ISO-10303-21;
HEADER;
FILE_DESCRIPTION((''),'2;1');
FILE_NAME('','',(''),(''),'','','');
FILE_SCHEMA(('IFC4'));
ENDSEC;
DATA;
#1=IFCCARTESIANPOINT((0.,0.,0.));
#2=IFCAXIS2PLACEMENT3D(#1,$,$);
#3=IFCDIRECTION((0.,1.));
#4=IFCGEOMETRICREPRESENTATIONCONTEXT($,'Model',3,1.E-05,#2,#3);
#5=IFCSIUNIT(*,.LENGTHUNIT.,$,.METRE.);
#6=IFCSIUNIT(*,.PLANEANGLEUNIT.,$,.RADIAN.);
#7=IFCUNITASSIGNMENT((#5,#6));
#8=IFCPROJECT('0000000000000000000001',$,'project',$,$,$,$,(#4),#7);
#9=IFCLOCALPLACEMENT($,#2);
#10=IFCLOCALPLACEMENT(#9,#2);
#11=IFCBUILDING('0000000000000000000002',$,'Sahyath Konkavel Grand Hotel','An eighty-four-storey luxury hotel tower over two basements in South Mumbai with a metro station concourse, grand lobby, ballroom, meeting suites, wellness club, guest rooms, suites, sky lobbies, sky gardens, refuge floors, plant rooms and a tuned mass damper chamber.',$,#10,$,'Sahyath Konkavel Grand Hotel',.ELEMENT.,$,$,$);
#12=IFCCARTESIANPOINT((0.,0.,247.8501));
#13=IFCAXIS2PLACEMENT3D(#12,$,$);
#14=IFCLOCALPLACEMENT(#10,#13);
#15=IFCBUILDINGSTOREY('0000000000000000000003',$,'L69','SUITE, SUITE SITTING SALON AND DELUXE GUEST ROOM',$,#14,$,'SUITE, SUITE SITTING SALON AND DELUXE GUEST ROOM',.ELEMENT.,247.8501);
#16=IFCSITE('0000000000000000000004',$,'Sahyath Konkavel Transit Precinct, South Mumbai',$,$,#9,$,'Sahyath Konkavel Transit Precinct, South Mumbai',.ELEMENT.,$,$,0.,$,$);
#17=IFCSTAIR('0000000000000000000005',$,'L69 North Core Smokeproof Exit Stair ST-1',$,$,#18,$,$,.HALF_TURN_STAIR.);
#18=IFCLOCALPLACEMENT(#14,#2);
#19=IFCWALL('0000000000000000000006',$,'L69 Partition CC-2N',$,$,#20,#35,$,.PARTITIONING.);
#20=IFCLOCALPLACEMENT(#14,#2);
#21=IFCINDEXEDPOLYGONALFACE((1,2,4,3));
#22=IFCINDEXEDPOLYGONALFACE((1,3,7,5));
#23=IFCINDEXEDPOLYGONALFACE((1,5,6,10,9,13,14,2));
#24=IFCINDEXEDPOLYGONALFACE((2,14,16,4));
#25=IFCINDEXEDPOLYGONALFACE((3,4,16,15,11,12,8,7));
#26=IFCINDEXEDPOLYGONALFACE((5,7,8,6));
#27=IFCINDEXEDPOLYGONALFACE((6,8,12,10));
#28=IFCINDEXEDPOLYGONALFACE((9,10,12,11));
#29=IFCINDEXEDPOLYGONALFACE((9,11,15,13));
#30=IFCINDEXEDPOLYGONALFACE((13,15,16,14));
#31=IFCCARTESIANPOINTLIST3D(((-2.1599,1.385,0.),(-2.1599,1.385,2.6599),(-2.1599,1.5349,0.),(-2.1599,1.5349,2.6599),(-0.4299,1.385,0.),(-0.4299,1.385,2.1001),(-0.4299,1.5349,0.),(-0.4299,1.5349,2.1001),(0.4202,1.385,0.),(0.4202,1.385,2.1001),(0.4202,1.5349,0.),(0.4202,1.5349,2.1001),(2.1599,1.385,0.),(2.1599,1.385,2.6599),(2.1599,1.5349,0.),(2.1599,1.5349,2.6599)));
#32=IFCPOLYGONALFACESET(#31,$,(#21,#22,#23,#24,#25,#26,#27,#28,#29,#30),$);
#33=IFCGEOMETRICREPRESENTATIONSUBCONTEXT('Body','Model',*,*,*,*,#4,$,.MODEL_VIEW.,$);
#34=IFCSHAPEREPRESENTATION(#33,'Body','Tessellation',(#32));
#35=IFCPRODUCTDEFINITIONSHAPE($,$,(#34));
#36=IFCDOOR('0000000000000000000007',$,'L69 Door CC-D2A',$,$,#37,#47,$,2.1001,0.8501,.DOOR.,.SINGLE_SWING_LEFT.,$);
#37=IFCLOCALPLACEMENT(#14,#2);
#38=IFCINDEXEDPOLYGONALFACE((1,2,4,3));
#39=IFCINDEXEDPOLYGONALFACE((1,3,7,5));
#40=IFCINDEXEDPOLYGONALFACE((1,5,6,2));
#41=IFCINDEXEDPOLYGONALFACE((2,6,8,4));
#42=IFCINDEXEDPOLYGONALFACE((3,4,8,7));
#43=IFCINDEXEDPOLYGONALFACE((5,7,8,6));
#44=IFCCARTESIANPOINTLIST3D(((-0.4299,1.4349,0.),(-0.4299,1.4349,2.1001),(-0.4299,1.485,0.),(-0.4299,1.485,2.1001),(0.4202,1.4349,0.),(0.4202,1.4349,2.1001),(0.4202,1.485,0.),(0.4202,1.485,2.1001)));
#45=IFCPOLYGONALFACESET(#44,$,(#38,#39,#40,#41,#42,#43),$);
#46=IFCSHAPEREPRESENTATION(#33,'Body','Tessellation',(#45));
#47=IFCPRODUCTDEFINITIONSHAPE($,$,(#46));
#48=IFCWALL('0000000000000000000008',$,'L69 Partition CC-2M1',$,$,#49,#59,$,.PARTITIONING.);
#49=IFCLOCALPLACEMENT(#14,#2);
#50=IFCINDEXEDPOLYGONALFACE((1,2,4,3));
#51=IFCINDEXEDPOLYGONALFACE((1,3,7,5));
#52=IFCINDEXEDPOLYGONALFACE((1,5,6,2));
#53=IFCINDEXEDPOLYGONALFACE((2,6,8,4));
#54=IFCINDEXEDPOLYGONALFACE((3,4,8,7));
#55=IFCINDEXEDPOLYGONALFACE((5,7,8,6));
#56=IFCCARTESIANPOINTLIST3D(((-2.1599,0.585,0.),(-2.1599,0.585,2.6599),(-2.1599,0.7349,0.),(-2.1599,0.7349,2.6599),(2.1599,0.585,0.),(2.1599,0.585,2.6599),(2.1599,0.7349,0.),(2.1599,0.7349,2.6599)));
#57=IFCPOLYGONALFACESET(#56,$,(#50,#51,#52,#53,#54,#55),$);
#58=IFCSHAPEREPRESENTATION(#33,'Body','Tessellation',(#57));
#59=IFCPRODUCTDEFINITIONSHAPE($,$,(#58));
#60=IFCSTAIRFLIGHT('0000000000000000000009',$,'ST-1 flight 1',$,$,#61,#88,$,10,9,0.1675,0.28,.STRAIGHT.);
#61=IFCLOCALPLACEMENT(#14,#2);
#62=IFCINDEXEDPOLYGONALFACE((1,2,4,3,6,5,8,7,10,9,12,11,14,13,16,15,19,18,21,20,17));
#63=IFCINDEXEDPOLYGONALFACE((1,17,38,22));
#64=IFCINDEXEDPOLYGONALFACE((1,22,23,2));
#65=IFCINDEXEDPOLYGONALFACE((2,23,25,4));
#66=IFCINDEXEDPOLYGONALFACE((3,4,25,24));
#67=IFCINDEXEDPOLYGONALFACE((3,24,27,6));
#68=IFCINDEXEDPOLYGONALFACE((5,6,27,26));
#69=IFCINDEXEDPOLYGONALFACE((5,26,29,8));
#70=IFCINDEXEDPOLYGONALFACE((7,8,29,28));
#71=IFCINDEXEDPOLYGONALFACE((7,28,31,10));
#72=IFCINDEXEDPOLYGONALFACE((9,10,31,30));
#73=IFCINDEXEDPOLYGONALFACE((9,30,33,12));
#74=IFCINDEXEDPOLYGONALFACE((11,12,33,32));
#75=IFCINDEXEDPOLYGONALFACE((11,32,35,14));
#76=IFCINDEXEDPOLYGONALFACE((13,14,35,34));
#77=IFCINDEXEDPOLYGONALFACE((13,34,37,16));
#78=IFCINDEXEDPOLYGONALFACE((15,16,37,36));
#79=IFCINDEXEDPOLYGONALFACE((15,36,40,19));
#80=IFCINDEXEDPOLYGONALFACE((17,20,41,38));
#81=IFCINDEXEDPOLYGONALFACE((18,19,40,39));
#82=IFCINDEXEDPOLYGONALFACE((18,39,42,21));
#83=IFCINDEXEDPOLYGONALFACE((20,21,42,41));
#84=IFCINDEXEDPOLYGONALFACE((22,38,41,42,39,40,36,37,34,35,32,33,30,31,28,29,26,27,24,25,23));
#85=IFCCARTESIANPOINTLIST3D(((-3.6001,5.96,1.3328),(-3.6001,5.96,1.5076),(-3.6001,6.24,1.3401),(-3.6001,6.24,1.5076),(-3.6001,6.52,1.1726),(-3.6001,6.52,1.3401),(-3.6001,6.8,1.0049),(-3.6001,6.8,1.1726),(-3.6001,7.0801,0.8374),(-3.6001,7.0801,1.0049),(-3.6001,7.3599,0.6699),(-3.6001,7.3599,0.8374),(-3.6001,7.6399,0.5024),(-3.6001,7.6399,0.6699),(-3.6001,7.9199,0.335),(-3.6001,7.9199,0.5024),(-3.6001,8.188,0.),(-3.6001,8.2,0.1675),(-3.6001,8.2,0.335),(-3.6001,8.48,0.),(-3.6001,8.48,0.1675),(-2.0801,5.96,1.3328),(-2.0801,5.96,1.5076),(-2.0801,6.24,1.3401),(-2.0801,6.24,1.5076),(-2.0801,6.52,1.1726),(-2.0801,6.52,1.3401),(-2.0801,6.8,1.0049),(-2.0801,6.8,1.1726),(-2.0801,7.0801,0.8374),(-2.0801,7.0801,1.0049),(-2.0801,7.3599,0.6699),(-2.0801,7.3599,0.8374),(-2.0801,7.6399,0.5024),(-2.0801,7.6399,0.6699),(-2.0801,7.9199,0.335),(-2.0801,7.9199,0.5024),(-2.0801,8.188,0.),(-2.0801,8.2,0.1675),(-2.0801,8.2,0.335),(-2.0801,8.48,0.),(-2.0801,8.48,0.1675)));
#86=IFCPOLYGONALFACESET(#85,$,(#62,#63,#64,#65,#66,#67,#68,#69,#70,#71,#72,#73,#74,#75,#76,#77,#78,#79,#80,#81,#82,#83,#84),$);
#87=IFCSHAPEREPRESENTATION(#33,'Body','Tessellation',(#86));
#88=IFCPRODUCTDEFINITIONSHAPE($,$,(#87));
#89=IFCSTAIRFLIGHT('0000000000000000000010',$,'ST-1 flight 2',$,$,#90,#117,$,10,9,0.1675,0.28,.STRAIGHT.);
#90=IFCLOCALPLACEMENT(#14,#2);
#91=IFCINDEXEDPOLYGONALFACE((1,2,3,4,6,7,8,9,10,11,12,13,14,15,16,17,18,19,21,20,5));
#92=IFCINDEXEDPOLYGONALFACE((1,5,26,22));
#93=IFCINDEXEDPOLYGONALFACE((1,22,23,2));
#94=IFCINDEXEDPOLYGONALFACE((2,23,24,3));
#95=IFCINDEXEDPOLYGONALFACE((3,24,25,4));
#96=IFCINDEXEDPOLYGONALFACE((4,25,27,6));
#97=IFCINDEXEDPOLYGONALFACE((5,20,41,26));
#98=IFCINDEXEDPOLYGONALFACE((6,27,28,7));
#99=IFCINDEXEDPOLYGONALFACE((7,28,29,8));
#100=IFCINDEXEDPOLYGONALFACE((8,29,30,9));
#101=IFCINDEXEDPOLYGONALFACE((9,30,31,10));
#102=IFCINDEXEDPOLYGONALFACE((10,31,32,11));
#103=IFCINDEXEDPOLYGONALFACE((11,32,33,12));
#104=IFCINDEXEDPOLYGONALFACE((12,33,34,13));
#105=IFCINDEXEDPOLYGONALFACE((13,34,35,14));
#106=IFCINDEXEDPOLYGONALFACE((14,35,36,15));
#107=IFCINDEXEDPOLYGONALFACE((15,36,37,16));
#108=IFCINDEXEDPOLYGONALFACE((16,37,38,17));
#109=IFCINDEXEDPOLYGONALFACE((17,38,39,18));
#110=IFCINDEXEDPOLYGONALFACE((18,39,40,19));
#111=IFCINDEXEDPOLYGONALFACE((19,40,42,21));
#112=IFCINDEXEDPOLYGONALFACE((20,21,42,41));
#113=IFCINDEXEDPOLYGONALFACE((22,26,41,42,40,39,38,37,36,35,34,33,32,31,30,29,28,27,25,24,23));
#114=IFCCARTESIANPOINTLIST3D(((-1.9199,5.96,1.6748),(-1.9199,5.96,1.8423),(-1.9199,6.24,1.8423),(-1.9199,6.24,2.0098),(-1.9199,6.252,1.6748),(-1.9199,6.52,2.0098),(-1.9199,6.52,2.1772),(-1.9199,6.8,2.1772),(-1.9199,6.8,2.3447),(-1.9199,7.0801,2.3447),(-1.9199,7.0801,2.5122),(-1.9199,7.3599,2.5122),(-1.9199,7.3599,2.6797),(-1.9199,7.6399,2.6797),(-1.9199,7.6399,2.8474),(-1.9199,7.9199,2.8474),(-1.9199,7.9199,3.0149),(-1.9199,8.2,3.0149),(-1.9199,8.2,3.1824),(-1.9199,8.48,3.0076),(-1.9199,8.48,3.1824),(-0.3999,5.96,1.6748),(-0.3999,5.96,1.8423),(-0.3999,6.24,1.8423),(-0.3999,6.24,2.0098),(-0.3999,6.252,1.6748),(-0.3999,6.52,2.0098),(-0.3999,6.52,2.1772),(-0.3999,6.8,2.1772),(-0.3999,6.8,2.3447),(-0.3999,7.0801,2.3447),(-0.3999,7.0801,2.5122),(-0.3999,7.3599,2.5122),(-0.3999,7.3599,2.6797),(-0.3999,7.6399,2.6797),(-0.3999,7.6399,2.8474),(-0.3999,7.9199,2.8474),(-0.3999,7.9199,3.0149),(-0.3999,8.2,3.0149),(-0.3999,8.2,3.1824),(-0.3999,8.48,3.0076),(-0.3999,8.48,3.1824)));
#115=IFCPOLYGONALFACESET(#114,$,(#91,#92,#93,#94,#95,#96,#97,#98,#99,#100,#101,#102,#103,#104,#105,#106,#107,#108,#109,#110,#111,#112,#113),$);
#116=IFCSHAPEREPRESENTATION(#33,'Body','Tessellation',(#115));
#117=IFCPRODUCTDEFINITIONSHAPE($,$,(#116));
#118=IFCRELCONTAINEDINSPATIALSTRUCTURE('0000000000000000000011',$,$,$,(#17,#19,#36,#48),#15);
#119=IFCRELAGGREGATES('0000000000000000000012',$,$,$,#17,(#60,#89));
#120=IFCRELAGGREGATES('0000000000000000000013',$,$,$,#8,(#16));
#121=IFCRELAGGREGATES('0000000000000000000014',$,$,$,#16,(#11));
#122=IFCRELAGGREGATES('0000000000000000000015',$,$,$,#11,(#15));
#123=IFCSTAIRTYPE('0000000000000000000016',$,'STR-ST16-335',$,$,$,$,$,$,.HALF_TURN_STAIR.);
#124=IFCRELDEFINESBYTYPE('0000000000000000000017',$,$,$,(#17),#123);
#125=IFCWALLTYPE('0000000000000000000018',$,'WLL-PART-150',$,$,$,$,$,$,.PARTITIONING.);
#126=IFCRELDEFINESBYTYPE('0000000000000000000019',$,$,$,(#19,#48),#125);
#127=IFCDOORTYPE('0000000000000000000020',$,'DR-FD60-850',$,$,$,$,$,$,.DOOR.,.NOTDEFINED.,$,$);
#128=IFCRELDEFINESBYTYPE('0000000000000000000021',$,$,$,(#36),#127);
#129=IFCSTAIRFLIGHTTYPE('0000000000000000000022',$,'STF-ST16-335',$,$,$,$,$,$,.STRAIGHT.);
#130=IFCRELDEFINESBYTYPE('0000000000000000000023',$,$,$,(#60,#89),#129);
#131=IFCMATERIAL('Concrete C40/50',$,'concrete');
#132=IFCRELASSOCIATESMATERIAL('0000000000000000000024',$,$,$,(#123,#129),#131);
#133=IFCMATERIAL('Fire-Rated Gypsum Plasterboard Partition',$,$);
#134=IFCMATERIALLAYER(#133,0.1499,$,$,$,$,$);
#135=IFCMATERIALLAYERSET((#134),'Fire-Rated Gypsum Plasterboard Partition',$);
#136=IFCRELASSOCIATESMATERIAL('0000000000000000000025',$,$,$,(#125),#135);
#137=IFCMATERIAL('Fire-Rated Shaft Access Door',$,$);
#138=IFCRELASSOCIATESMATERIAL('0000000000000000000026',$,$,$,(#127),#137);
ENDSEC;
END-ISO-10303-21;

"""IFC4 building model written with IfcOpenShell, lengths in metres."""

from ifc_helpers import new_model, si_unit, direction, frame, frame_2d, origin, origin_2d, place, context, subcontext, project, spatial, polyline, rectangle, outline, extrude, source, transform, mapped, material, layer, layer_set, type_object, element, fill, aggregate, save


model = new_model("IFC4")

# Units and contexts
model_context = context("Model", 3, precision=1e-05, world=origin(), true_north=direction((0.0, 1.0)))
body_context = subcontext(model_context, "Body", "Model", "MODEL_VIEW")
ifc_project = project(units=[si_unit("LENGTHUNIT", "METRE"), si_unit("PLANEANGLEUNIT", "RADIAN")], contexts=[model_context])

# Site, building, storey
site_placement = place(None, origin())
site = spatial("IfcSite", under=ifc_project, at=site_placement, Name="Sahyath Konkavel Transit Precinct, South Mumbai", LongName="Sahyath Konkavel Transit Precinct, South Mumbai", CompositionType="ELEMENT", RefElevation=0.0)
building_placement = place(site_placement, origin())
building = spatial("IfcBuilding", under=site, at=building_placement, Name="Sahyath Konkavel Grand Hotel", Description="An eighty-four-storey luxury hotel tower over two basements in South Mumbai with a metro station concourse, grand lobby, ballroom, meeting suites, wellness club, guest rooms, suites, sky lobbies, sky gardens, refuge floors, plant rooms and a tuned mass damper chamber.", LongName="Sahyath Konkavel Grand Hotel", CompositionType="ELEMENT")
storey_placement = place(building_placement, frame((0.0, 0.0, 247.8501)))
storey = spatial("IfcBuildingStorey", under=building, at=storey_placement, Name="L69", Description="SUITE, SUITE SITTING SALON AND DELUXE GUEST ROOM", LongName="SUITE, SUITE SITTING SALON AND DELUXE GUEST ROOM", CompositionType="ELEMENT", Elevation=247.8501)

# Shared definitions
ifc_material_1 = material(Name="Concrete C40/50", Category="concrete")

# Stair
stair_type = type_object("IfcStairType", Name="STR-ST16-335", PredefinedType="HALF_TURN_STAIR", material=ifc_material_1)
stair_1_placement = place(storey_placement, origin())
stair_1 = element("IfcStair", 1, at=stair_1_placement, inside=storey, type_object=stair_type, Name="L69 North Core Smokeproof Exit Stair ST-1", PredefinedType="HALF_TURN_STAIR")

# Wall, opening, door
ifc_material_2 = material(Name="Fire-Rated Gypsum Plasterboard Partition")
ifc_layer_1 = layer(ifc_material_2, 0.1499)
ifc_layer_set_1 = layer_set([ifc_layer_1], Name="Fire-Rated Gypsum Plasterboard Partition")
wall_type_1 = type_object("IfcWallType", Name="WLL-PART-150", PredefinedType="PARTITIONING", material=ifc_layer_set_1)
wall_1_placement = place(storey_placement, frame((-2.1599, 1.46, 0.0), z_axis=(0.0, 0.0, 1.0), x_axis=(1.0, 0.0, 0.0)))
wall_1 = element("IfcWall", 2, at=wall_1_placement, inside=storey, type_object=wall_type_1, Name="L69 Partition CC-2N", PredefinedType="PARTITIONING", context=body_context, shape_type="SweptSolid", body=[
    extrude(rectangle(XDim=4.3198, YDim=0.1499, at=frame_2d((2.1599, 0.0))), origin(), (0.0, 0.0, 1.0), 2.6599),
])
opening_1_placement = place(wall_1_placement, frame((1.73, 0.0, 0.0)))
opening_1 = element("IfcOpeningElement", 3, at=opening_1_placement, cuts=wall_1, PredefinedType="OPENING", context=body_context, shape_type="SweptSolid", body=[
    extrude(rectangle(XDim=0.8501, YDim=2.1001, at=frame_2d((0.425, 1.05))), frame((0.0, 0.085, 0.0), z_axis=(0.0, -1.0, 0.0), x_axis=(1.0, 0.0, 0.0)), (0.0, 0.0, 1.0), 0.1699),
])
ifc_material_3 = material(Name="Fire-Rated Shaft Access Door")
door_type_1 = type_object("IfcDoorType", Name="DR-FD60-850", OperationType="NOTDEFINED", PredefinedType="DOOR", material=ifc_material_3)
shared_shape_1 = source(origin(), body_context, "Body", "SweptSolid", [
    extrude(rectangle(XDim=0.8501, YDim=0.05, at=origin_2d()), origin(), (0.0, 0.0, 1.0), 2.1001),
])
door_1_placement = place(opening_1_placement, frame((0.425, 0.0, 0.0)))
door_1 = element("IfcDoor", 4, at=door_1_placement, inside=storey, type_object=door_type_1, Name="L69 Door CC-D2A", OperationType="SINGLE_SWING_LEFT", OverallHeight=2.1001, OverallWidth=0.8501, PredefinedType="DOOR", context=body_context, shape_type="MappedRepresentation", body=[
    mapped(shared_shape_1, transform((0.0, 0.0, 0.0), scale=1.0)),
])
fill(opening_1, door_1)

# Wall
wall_2_placement = place(storey_placement, frame((-2.1599, 0.6599, 0.0), z_axis=(0.0, 0.0, 1.0), x_axis=(1.0, 0.0, 0.0)))
element("IfcWall", 5, at=wall_2_placement, inside=storey, type_object=wall_type_1, Name="L69 Partition CC-2M1", PredefinedType="PARTITIONING", context=body_context, shape_type="SweptSolid", body=[
    extrude(rectangle(XDim=4.3198, YDim=0.1499, at=frame_2d((2.1599, 0.0))), origin(), (0.0, 0.0, 1.0), 2.6599),
])

# Stair flights
stair_flight_type = type_object("IfcStairFlightType", Name="STF-ST16-335", PredefinedType="STRAIGHT", material=ifc_material_1)
stair_flight_1_placement = place(storey_placement, frame((-2.8401, 8.48, 0.0), z_axis=(0.0, 0.0, 1.0), x_axis=(0.0, -1.0, 0.0)))
stair_flight_1 = element("IfcStairFlight", 6, at=stair_flight_1_placement, type_object=stair_flight_type, Name="ST-1 flight 1", NumberOfRisers=10, NumberOfTreads=9, PredefinedType="STRAIGHT", RiserHeight=0.1675, TreadLength=0.28, context=body_context, shape_type="SweptSolid", body=[
    extrude(outline(polyline([(0.0, 0.0), (0.0, 0.1675), (0.28, 0.1675), (0.28, 0.335), (0.5601, 0.335), (0.5601, 0.5024), (0.8401, 0.5024), (0.8401, 0.6699), (1.1201, 0.6699), (1.1201, 0.8374), (1.3999, 0.8374), (1.3999, 1.0049), (1.6799, 1.0049), (1.6799, 1.1726), (1.96, 1.1726), (1.96, 1.3401), (2.24, 1.3401), (2.24, 1.5076), (2.52, 1.5076), (2.52, 1.675), (2.52, 1.3328), (0.292, 0.0), (0.0, 0.0)])), frame((0.0, 0.76, 0.0), z_axis=(0.0, -1.0, 0.0), x_axis=(1.0, 0.0, 0.0)), (0.0, 0.0, 1.0), 1.52),
])
stair_flight_2_placement = place(storey_placement, frame((-1.1599, 5.96, 1.6748), z_axis=(0.0, 0.0, 1.0), x_axis=(0.0, 1.0, 0.0)))
stair_flight_2 = element("IfcStairFlight", 7, at=stair_flight_2_placement, type_object=stair_flight_type, Name="ST-1 flight 2", NumberOfRisers=10, NumberOfTreads=9, PredefinedType="STRAIGHT", RiserHeight=0.1675, TreadLength=0.28, context=body_context, shape_type="SweptSolid", body=[
    extrude(outline(polyline([(0.0, 0.0), (0.0, 0.1675), (0.28, 0.1675), (0.28, 0.335), (0.5601, 0.335), (0.5601, 0.5024), (0.8401, 0.5024), (0.8401, 0.6699), (1.1201, 0.6699), (1.1201, 0.8374), (1.3999, 0.8374), (1.3999, 1.0049), (1.6799, 1.0049), (1.6799, 1.1726), (1.96, 1.1726), (1.96, 1.3401), (2.24, 1.3401), (2.24, 1.5076), (2.52, 1.5076), (2.52, 1.675), (2.52, 1.3328), (0.292, 0.0), (0.0, 0.0)])), frame((0.0, 0.76, 0.0), z_axis=(0.0, -1.0, 0.0), x_axis=(1.0, 0.0, 0.0)), (0.0, 0.0, 1.0), 1.52),
])
aggregate(stair_1, [stair_flight_1, stair_flight_2])

save(model, "model.ifc")
